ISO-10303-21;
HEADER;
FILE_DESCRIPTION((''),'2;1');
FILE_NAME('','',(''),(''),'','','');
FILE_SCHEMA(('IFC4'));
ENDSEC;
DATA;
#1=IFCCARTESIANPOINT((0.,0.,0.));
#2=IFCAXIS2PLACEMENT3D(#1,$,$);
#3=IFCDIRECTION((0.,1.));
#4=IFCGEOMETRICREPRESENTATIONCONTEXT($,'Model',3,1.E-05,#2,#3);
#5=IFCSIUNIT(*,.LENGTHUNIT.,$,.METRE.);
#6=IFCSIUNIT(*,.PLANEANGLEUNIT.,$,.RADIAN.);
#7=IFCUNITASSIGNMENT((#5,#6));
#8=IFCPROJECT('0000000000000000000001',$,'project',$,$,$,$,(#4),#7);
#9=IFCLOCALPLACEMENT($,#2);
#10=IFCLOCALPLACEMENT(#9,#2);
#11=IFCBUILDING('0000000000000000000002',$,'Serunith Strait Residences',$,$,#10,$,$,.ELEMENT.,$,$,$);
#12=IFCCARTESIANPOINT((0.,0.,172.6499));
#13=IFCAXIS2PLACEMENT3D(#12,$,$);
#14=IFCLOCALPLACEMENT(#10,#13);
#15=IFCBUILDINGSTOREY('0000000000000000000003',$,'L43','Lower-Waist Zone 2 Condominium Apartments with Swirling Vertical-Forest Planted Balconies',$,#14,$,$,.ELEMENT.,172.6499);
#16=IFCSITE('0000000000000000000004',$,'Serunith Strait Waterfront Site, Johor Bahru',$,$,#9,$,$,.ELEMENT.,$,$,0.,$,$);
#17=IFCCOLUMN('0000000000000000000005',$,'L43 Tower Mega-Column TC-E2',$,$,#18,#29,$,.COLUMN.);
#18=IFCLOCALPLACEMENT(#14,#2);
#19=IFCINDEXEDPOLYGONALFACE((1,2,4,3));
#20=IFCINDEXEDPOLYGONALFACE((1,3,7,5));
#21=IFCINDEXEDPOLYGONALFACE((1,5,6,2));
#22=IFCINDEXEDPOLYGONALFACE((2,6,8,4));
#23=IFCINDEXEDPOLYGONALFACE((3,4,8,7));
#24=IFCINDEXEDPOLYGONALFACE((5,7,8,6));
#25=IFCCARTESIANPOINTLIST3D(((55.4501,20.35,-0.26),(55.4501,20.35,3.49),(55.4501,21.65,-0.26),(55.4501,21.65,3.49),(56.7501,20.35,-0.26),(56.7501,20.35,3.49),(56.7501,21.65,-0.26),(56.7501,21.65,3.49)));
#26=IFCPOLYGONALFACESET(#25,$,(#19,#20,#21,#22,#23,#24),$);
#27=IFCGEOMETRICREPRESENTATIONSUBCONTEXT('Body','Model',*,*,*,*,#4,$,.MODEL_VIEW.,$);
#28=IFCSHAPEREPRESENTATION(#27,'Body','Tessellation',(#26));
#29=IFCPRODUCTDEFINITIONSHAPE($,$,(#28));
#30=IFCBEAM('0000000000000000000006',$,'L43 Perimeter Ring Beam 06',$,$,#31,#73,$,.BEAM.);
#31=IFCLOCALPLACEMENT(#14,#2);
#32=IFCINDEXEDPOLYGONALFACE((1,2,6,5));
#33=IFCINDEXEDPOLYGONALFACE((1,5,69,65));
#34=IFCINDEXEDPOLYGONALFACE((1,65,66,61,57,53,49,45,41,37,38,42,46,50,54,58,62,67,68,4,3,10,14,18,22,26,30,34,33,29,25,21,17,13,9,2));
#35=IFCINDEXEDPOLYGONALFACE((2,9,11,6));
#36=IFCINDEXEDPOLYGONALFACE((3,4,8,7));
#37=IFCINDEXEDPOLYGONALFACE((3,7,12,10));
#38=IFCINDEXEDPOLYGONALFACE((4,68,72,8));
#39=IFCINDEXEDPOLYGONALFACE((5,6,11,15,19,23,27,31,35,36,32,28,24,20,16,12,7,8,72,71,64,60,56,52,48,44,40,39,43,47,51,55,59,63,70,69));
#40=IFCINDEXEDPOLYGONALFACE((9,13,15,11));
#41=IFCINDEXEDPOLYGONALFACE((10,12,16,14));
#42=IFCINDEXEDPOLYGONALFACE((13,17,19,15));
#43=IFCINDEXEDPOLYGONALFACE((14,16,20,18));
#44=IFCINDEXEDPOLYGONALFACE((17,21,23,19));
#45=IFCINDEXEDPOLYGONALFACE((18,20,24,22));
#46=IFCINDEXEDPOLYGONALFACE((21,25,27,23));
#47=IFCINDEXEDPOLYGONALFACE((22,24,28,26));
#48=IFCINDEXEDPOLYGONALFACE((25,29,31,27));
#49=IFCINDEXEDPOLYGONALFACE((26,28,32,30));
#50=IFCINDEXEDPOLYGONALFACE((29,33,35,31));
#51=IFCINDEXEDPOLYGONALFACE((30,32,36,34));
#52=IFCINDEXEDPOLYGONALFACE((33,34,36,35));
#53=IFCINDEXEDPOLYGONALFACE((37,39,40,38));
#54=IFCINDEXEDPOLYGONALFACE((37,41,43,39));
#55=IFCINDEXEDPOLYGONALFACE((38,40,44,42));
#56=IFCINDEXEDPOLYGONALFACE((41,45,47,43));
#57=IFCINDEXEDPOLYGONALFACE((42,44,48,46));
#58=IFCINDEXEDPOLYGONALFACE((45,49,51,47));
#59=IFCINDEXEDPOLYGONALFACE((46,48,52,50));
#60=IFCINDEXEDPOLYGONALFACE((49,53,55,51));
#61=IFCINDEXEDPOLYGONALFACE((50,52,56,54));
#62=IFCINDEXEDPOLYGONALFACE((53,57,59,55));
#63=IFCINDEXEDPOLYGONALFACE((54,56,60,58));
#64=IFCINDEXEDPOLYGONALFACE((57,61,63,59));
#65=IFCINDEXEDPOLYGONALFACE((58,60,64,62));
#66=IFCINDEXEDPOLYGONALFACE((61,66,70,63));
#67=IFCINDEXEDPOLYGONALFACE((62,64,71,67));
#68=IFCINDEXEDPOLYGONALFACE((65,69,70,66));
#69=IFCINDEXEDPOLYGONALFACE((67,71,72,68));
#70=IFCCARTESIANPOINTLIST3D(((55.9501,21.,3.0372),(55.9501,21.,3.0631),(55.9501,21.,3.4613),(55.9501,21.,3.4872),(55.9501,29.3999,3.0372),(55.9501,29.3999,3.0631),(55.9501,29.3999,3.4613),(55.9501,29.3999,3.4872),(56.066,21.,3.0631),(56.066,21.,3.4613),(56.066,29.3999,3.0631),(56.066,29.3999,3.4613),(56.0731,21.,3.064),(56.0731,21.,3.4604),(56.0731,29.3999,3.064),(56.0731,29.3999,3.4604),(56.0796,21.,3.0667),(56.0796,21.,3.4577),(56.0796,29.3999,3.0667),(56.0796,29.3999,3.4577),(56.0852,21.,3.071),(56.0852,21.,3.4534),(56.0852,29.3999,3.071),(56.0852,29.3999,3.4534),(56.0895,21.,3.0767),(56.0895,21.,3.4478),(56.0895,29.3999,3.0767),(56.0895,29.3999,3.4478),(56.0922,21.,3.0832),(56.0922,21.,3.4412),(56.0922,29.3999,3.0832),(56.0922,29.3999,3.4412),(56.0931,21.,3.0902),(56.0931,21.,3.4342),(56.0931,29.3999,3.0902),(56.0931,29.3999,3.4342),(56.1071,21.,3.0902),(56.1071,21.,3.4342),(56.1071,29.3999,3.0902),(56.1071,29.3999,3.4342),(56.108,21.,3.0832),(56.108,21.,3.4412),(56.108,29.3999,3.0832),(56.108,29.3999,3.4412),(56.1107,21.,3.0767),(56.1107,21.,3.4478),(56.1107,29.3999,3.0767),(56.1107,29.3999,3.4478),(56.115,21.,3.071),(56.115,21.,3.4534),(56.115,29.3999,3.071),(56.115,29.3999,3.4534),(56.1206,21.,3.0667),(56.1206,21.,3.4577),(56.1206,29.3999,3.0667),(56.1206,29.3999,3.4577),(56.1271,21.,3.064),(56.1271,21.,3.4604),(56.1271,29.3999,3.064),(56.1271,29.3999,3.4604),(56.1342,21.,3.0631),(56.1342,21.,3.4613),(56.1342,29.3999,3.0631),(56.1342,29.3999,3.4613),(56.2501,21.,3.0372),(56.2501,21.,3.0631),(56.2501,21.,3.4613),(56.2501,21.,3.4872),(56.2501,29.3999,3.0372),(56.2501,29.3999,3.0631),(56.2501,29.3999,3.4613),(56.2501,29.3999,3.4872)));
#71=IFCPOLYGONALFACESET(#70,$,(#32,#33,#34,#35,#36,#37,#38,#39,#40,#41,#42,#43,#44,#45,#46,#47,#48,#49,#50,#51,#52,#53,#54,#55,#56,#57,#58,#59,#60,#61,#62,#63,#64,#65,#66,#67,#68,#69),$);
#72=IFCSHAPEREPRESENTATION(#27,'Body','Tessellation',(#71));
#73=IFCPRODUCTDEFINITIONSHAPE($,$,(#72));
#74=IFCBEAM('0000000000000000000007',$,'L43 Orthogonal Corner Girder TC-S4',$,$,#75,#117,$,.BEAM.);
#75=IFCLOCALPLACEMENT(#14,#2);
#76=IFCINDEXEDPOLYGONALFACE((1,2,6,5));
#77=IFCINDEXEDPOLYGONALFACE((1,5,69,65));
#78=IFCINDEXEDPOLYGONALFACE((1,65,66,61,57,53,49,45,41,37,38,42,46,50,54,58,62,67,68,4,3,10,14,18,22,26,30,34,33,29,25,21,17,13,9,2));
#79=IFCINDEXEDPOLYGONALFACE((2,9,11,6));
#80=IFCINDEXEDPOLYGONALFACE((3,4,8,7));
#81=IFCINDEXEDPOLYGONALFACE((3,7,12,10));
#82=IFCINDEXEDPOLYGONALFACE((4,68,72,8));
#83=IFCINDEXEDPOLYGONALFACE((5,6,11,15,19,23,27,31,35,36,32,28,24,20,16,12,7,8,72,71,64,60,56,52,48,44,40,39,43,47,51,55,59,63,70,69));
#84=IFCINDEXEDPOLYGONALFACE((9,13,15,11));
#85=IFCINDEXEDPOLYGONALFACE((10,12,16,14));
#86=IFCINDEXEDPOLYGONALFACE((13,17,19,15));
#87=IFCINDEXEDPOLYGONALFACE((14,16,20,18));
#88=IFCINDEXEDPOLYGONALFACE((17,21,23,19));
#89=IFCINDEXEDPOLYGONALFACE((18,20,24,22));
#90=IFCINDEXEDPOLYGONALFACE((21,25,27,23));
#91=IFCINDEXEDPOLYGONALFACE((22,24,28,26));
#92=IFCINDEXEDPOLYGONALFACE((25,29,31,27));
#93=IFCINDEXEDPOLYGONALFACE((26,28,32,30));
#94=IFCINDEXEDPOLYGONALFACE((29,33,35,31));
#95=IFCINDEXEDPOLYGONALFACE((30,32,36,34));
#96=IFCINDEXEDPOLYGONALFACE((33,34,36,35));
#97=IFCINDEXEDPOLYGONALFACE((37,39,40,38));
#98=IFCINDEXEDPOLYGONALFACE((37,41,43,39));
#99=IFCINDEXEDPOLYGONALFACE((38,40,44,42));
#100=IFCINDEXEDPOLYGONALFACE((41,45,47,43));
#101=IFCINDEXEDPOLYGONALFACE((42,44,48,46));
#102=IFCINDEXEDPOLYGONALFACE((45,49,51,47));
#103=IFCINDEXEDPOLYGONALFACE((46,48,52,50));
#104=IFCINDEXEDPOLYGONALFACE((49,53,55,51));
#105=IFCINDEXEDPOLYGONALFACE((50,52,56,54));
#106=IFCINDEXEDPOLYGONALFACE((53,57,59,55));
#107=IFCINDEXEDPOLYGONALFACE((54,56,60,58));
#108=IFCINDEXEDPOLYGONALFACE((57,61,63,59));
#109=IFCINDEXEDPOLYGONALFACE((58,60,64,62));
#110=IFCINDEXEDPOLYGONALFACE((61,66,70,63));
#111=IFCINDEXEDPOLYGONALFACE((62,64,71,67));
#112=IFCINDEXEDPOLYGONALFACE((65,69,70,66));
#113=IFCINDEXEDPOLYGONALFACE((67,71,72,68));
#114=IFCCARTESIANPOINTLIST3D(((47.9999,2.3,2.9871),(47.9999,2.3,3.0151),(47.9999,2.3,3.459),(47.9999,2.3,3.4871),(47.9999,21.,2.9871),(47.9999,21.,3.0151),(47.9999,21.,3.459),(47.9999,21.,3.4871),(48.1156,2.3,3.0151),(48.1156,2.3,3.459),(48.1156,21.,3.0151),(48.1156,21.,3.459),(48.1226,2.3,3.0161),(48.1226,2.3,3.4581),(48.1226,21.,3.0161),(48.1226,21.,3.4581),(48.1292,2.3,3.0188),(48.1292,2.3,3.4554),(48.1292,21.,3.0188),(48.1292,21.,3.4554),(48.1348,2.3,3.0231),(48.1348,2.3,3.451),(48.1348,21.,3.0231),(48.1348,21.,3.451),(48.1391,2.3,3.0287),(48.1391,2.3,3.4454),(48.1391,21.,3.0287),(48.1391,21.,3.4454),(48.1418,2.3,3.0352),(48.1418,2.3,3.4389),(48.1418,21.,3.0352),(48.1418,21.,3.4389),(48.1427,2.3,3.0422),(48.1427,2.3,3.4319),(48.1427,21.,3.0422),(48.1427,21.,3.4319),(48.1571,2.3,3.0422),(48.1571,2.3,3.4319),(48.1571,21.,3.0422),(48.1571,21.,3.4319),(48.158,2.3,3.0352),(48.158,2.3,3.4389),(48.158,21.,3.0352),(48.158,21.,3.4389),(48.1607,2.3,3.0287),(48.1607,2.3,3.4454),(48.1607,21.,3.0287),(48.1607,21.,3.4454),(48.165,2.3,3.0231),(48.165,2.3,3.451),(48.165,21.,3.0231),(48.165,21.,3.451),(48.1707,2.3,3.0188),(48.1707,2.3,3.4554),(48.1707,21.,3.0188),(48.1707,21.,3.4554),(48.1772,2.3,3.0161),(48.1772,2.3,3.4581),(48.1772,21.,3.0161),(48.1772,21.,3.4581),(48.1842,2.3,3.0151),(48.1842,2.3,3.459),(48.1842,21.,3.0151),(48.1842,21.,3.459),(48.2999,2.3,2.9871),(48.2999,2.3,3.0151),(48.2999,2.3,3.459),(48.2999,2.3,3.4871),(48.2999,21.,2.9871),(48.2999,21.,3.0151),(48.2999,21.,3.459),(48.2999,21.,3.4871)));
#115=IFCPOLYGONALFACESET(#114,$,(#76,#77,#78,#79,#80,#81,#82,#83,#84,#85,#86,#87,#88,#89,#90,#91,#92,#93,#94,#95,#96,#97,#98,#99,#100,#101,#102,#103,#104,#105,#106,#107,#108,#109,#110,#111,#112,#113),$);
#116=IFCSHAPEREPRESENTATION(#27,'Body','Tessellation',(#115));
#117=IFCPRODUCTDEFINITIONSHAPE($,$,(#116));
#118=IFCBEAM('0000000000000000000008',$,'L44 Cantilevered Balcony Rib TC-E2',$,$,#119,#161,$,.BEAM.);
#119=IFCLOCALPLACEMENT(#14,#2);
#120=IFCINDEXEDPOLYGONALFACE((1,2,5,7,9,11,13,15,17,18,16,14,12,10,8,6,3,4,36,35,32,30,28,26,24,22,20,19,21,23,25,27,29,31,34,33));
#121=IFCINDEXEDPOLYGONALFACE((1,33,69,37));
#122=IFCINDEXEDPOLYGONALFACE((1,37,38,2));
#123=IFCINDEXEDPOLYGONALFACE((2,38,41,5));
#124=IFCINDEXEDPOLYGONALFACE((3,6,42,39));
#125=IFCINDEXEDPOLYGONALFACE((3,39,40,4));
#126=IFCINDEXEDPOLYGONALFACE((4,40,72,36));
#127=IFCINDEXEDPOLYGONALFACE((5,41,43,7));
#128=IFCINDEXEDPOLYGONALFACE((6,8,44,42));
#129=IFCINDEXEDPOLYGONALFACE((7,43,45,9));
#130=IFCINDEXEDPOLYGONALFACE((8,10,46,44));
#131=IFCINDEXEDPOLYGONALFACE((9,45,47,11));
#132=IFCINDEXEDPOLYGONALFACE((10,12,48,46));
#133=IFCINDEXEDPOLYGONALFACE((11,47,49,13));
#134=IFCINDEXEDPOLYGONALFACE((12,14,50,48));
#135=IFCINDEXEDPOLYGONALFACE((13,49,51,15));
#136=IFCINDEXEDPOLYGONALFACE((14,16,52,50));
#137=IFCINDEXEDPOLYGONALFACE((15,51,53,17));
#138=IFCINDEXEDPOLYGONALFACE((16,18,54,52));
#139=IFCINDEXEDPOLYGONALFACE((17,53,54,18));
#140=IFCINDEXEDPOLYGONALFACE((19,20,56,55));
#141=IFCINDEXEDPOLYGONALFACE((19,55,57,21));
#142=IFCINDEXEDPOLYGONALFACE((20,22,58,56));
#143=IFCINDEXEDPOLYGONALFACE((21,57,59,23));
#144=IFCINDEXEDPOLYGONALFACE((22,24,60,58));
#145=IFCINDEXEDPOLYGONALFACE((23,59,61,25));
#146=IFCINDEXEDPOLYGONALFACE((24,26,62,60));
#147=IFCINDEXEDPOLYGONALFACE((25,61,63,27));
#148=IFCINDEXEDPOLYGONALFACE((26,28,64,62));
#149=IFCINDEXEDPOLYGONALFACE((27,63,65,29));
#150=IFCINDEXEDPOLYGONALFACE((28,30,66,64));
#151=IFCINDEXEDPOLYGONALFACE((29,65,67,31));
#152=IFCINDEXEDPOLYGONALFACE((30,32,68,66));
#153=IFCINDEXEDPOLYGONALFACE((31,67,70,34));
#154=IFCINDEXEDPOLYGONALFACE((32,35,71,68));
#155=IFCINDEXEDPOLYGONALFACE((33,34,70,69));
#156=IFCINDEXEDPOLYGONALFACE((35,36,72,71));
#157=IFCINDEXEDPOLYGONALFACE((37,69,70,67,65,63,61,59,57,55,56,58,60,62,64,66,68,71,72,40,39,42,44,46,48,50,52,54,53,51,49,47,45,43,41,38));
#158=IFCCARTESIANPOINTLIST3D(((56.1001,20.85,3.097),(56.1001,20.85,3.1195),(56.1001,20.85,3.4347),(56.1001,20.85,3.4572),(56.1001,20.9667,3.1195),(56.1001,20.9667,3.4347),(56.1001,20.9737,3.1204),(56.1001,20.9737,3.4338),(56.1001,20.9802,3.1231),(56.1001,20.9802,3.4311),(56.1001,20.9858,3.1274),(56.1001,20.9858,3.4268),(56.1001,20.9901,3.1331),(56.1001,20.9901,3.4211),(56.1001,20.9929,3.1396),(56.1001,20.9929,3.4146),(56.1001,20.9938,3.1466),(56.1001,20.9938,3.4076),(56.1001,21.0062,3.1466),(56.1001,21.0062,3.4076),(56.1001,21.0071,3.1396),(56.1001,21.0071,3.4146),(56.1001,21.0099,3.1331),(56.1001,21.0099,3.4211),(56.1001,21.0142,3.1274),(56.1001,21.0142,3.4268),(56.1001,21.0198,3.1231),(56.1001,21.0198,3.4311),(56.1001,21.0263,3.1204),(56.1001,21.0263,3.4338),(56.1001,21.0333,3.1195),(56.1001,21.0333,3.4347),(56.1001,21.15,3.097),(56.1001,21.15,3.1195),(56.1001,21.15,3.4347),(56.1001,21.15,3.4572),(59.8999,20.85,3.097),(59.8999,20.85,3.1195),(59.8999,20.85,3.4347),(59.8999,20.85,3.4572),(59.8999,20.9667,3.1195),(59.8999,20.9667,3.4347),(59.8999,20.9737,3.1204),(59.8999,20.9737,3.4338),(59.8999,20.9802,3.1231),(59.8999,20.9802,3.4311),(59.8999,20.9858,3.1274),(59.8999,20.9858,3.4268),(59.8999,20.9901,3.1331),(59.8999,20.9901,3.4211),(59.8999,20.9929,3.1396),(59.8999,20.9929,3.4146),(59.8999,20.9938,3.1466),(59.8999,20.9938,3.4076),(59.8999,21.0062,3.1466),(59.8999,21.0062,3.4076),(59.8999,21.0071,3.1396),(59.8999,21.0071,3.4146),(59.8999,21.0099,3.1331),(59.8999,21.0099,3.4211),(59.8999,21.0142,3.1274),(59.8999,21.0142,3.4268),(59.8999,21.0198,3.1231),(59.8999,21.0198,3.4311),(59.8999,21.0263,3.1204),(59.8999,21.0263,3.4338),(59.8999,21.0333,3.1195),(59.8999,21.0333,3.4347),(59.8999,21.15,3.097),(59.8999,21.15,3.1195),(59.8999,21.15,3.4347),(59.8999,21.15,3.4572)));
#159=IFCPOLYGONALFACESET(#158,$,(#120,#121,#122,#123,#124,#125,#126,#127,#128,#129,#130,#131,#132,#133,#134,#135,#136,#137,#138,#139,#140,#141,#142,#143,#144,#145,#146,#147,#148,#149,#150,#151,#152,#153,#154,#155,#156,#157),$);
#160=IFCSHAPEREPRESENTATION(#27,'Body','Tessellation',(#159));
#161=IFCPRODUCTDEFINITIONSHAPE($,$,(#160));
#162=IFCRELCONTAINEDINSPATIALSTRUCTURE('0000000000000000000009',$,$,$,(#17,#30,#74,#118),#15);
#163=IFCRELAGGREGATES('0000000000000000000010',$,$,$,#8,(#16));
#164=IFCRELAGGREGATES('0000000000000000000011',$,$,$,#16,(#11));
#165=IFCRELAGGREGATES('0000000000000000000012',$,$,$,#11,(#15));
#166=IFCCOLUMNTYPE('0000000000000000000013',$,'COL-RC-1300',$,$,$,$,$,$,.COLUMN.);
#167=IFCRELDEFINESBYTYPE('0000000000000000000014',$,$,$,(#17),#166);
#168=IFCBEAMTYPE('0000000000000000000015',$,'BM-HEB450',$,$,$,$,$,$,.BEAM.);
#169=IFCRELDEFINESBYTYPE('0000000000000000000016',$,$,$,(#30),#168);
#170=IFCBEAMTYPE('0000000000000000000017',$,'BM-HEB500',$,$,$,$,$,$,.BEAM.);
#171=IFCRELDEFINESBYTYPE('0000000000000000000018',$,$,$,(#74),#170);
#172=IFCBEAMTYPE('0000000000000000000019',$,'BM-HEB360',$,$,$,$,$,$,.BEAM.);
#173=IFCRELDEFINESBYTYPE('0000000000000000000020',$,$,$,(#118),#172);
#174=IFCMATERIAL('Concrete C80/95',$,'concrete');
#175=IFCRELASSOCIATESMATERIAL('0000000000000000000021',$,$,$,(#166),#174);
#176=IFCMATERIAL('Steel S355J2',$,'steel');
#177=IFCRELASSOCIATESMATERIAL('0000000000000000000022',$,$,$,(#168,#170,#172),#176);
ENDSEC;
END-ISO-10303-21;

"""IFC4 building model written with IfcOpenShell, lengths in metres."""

from ifc_helpers import new_model, si_unit, direction, frame, origin, origin_2d, place, context, subcontext, project, spatial, rectangle, i_section, extrude, source, transform, mapped, material, material_profile, profile_set, type_object, element, save


model = new_model("IFC4")

# Units and contexts
model_context = context("Model", 3, precision=1e-05, world=origin(), true_north=direction((0.0, 1.0)))
body_context = subcontext(model_context, "Body", "Model", "MODEL_VIEW")
ifc_project = project(units=[si_unit("LENGTHUNIT", "METRE"), si_unit("PLANEANGLEUNIT", "RADIAN")], contexts=[model_context])

# Site, building, storey
site_placement = place(None, origin())
site = spatial("IfcSite", under=ifc_project, at=site_placement, Name="Serunith Strait Waterfront Site, Johor Bahru", CompositionType="ELEMENT", RefElevation=0.0)
building_placement = place(site_placement, origin())
building = spatial("IfcBuilding", under=site, at=building_placement, Name="Serunith Strait Residences", CompositionType="ELEMENT")
storey_placement = place(building_placement, frame((0.0, 0.0, 172.6499)))
storey = spatial("IfcBuildingStorey", under=building, at=storey_placement, Name="L43", Description="Lower-Waist Zone 2 Condominium Apartments with Swirling Vertical-Forest Planted Balconies", CompositionType="ELEMENT", Elevation=172.6499)

# Column
ifc_material_1 = material(Name="Concrete C80/95", Category="concrete")
ifc_material_profile_1 = material_profile(ifc_material_1, rectangle(XDim=1.3, YDim=1.3, at=origin_2d()), Name="RC 1300x1300")
ifc_profile_set_1 = profile_set([ifc_material_profile_1], Name="Concrete C80/95")
column_type = type_object("IfcColumnType", Name="COL-RC-1300", PredefinedType="COLUMN", material=ifc_profile_set_1)
shared_shape_1 = source(origin(), body_context, "Body", "SweptSolid", [
    extrude(rectangle(XDim=1.3, YDim=1.3, at=origin_2d()), origin(), (0.0, 0.0, 1.0), 3.75),
])
column_placement = place(storey_placement, frame((56.1001, 21.0, -0.26), z_axis=(0.0, 0.0, 1.0), x_axis=(1.0, 0.0, 0.0)))
element("IfcColumn", 1, at=column_placement, inside=storey, type_object=column_type, Name="L43 Tower Mega-Column TC-E2", PredefinedType="COLUMN", context=body_context, shape_type="MappedRepresentation", body=[
    mapped(shared_shape_1, transform((0.0, 0.0, 0.0), scale=1.0)),
])

# Beams
ifc_material_2 = material(Name="Steel S355J2", Category="steel")
ifc_material_profile_2 = material_profile(ifc_material_2, i_section(OverallWidth=0.3, OverallDepth=0.45, WebThickness=0.0139, FlangeThickness=0.0259, FilletRadius=0.0271, at=origin_2d()), Name="HEB 450")
ifc_profile_set_2 = profile_set([ifc_material_profile_2], Name="Steel S355J2")
beam_type_1 = type_object("IfcBeamType", Name="BM-HEB450", PredefinedType="BEAM", material=ifc_profile_set_2)
shared_shape_2 = source(origin(), body_context, "Body", "SweptSolid", [
    extrude(i_section(OverallWidth=0.3, OverallDepth=0.45, WebThickness=0.0139, FlangeThickness=0.0259, FilletRadius=0.0271, at=origin_2d()), origin(), (0.0, 0.0, 1.0), 8.3999),
])
beam_1_placement = place(storey_placement, frame((56.1001, 21.0, 3.2622), z_axis=(0.0, 1.0, 0.0), x_axis=(-1.0, 0.0, 0.0)))
element("IfcBeam", 2, at=beam_1_placement, inside=storey, type_object=beam_type_1, Name="L43 Perimeter Ring Beam 06", PredefinedType="BEAM", context=body_context, shape_type="MappedRepresentation", body=[
    mapped(shared_shape_2, transform((0.0, 0.0, 0.0), scale=1.0)),
])
ifc_material_profile_3 = material_profile(ifc_material_2, i_section(OverallWidth=0.3, OverallDepth=0.5, WebThickness=0.0144, FlangeThickness=0.0281, FilletRadius=0.0271, at=origin_2d()), Name="HEB 500")
ifc_profile_set_3 = profile_set([ifc_material_profile_3], Name="Steel S355J2")
beam_type_2 = type_object("IfcBeamType", Name="BM-HEB500", PredefinedType="BEAM", material=ifc_profile_set_3)
shared_shape_3 = source(origin(), body_context, "Body", "SweptSolid", [
    extrude(i_section(OverallWidth=0.3, OverallDepth=0.5, WebThickness=0.0144, FlangeThickness=0.0281, FilletRadius=0.0271, at=origin_2d()), origin(), (0.0, 0.0, 1.0), 18.7),
])
beam_2_placement = place(storey_placement, frame((48.1499, 21.0, 3.2371), z_axis=(0.0, -1.0, 0.0), x_axis=(1.0, 0.0, 0.0)))
element("IfcBeam", 3, at=beam_2_placement, inside=storey, type_object=beam_type_2, Name="L43 Orthogonal Corner Girder TC-S4", PredefinedType="BEAM", context=body_context, shape_type="MappedRepresentation", body=[
    mapped(shared_shape_3, transform((0.0, 0.0, 0.0), scale=1.0)),
])
ifc_material_profile_4 = material_profile(ifc_material_2, i_section(OverallWidth=0.3, OverallDepth=0.3601, WebThickness=0.0125, FlangeThickness=0.0225, FilletRadius=0.0271, at=origin_2d()), Name="HEB 360")
ifc_profile_set_4 = profile_set([ifc_material_profile_4], Name="Steel S355J2")
beam_type_3 = type_object("IfcBeamType", Name="BM-HEB360", PredefinedType="BEAM", material=ifc_profile_set_4)
shared_shape_4 = source(origin(), body_context, "Body", "SweptSolid", [
    extrude(i_section(OverallWidth=0.3, OverallDepth=0.3601, WebThickness=0.0125, FlangeThickness=0.0225, FilletRadius=0.0271, at=origin_2d()), origin(), (0.0, 0.0, 1.0), 3.7998),
])
beam_3_placement = place(storey_placement, frame((56.1001, 21.0, 3.2771), z_axis=(1.0, 0.0, 0.0), x_axis=(0.0, 1.0, 0.0)))
element("IfcBeam", 4, at=beam_3_placement, inside=storey, type_object=beam_type_3, Name="L44 Cantilevered Balcony Rib TC-E2", PredefinedType="BEAM", context=body_context, shape_type="MappedRepresentation", body=[
    mapped(shared_shape_4, transform((0.0, 0.0, 0.0), scale=1.0)),
])

save(model, "model.ifc")
